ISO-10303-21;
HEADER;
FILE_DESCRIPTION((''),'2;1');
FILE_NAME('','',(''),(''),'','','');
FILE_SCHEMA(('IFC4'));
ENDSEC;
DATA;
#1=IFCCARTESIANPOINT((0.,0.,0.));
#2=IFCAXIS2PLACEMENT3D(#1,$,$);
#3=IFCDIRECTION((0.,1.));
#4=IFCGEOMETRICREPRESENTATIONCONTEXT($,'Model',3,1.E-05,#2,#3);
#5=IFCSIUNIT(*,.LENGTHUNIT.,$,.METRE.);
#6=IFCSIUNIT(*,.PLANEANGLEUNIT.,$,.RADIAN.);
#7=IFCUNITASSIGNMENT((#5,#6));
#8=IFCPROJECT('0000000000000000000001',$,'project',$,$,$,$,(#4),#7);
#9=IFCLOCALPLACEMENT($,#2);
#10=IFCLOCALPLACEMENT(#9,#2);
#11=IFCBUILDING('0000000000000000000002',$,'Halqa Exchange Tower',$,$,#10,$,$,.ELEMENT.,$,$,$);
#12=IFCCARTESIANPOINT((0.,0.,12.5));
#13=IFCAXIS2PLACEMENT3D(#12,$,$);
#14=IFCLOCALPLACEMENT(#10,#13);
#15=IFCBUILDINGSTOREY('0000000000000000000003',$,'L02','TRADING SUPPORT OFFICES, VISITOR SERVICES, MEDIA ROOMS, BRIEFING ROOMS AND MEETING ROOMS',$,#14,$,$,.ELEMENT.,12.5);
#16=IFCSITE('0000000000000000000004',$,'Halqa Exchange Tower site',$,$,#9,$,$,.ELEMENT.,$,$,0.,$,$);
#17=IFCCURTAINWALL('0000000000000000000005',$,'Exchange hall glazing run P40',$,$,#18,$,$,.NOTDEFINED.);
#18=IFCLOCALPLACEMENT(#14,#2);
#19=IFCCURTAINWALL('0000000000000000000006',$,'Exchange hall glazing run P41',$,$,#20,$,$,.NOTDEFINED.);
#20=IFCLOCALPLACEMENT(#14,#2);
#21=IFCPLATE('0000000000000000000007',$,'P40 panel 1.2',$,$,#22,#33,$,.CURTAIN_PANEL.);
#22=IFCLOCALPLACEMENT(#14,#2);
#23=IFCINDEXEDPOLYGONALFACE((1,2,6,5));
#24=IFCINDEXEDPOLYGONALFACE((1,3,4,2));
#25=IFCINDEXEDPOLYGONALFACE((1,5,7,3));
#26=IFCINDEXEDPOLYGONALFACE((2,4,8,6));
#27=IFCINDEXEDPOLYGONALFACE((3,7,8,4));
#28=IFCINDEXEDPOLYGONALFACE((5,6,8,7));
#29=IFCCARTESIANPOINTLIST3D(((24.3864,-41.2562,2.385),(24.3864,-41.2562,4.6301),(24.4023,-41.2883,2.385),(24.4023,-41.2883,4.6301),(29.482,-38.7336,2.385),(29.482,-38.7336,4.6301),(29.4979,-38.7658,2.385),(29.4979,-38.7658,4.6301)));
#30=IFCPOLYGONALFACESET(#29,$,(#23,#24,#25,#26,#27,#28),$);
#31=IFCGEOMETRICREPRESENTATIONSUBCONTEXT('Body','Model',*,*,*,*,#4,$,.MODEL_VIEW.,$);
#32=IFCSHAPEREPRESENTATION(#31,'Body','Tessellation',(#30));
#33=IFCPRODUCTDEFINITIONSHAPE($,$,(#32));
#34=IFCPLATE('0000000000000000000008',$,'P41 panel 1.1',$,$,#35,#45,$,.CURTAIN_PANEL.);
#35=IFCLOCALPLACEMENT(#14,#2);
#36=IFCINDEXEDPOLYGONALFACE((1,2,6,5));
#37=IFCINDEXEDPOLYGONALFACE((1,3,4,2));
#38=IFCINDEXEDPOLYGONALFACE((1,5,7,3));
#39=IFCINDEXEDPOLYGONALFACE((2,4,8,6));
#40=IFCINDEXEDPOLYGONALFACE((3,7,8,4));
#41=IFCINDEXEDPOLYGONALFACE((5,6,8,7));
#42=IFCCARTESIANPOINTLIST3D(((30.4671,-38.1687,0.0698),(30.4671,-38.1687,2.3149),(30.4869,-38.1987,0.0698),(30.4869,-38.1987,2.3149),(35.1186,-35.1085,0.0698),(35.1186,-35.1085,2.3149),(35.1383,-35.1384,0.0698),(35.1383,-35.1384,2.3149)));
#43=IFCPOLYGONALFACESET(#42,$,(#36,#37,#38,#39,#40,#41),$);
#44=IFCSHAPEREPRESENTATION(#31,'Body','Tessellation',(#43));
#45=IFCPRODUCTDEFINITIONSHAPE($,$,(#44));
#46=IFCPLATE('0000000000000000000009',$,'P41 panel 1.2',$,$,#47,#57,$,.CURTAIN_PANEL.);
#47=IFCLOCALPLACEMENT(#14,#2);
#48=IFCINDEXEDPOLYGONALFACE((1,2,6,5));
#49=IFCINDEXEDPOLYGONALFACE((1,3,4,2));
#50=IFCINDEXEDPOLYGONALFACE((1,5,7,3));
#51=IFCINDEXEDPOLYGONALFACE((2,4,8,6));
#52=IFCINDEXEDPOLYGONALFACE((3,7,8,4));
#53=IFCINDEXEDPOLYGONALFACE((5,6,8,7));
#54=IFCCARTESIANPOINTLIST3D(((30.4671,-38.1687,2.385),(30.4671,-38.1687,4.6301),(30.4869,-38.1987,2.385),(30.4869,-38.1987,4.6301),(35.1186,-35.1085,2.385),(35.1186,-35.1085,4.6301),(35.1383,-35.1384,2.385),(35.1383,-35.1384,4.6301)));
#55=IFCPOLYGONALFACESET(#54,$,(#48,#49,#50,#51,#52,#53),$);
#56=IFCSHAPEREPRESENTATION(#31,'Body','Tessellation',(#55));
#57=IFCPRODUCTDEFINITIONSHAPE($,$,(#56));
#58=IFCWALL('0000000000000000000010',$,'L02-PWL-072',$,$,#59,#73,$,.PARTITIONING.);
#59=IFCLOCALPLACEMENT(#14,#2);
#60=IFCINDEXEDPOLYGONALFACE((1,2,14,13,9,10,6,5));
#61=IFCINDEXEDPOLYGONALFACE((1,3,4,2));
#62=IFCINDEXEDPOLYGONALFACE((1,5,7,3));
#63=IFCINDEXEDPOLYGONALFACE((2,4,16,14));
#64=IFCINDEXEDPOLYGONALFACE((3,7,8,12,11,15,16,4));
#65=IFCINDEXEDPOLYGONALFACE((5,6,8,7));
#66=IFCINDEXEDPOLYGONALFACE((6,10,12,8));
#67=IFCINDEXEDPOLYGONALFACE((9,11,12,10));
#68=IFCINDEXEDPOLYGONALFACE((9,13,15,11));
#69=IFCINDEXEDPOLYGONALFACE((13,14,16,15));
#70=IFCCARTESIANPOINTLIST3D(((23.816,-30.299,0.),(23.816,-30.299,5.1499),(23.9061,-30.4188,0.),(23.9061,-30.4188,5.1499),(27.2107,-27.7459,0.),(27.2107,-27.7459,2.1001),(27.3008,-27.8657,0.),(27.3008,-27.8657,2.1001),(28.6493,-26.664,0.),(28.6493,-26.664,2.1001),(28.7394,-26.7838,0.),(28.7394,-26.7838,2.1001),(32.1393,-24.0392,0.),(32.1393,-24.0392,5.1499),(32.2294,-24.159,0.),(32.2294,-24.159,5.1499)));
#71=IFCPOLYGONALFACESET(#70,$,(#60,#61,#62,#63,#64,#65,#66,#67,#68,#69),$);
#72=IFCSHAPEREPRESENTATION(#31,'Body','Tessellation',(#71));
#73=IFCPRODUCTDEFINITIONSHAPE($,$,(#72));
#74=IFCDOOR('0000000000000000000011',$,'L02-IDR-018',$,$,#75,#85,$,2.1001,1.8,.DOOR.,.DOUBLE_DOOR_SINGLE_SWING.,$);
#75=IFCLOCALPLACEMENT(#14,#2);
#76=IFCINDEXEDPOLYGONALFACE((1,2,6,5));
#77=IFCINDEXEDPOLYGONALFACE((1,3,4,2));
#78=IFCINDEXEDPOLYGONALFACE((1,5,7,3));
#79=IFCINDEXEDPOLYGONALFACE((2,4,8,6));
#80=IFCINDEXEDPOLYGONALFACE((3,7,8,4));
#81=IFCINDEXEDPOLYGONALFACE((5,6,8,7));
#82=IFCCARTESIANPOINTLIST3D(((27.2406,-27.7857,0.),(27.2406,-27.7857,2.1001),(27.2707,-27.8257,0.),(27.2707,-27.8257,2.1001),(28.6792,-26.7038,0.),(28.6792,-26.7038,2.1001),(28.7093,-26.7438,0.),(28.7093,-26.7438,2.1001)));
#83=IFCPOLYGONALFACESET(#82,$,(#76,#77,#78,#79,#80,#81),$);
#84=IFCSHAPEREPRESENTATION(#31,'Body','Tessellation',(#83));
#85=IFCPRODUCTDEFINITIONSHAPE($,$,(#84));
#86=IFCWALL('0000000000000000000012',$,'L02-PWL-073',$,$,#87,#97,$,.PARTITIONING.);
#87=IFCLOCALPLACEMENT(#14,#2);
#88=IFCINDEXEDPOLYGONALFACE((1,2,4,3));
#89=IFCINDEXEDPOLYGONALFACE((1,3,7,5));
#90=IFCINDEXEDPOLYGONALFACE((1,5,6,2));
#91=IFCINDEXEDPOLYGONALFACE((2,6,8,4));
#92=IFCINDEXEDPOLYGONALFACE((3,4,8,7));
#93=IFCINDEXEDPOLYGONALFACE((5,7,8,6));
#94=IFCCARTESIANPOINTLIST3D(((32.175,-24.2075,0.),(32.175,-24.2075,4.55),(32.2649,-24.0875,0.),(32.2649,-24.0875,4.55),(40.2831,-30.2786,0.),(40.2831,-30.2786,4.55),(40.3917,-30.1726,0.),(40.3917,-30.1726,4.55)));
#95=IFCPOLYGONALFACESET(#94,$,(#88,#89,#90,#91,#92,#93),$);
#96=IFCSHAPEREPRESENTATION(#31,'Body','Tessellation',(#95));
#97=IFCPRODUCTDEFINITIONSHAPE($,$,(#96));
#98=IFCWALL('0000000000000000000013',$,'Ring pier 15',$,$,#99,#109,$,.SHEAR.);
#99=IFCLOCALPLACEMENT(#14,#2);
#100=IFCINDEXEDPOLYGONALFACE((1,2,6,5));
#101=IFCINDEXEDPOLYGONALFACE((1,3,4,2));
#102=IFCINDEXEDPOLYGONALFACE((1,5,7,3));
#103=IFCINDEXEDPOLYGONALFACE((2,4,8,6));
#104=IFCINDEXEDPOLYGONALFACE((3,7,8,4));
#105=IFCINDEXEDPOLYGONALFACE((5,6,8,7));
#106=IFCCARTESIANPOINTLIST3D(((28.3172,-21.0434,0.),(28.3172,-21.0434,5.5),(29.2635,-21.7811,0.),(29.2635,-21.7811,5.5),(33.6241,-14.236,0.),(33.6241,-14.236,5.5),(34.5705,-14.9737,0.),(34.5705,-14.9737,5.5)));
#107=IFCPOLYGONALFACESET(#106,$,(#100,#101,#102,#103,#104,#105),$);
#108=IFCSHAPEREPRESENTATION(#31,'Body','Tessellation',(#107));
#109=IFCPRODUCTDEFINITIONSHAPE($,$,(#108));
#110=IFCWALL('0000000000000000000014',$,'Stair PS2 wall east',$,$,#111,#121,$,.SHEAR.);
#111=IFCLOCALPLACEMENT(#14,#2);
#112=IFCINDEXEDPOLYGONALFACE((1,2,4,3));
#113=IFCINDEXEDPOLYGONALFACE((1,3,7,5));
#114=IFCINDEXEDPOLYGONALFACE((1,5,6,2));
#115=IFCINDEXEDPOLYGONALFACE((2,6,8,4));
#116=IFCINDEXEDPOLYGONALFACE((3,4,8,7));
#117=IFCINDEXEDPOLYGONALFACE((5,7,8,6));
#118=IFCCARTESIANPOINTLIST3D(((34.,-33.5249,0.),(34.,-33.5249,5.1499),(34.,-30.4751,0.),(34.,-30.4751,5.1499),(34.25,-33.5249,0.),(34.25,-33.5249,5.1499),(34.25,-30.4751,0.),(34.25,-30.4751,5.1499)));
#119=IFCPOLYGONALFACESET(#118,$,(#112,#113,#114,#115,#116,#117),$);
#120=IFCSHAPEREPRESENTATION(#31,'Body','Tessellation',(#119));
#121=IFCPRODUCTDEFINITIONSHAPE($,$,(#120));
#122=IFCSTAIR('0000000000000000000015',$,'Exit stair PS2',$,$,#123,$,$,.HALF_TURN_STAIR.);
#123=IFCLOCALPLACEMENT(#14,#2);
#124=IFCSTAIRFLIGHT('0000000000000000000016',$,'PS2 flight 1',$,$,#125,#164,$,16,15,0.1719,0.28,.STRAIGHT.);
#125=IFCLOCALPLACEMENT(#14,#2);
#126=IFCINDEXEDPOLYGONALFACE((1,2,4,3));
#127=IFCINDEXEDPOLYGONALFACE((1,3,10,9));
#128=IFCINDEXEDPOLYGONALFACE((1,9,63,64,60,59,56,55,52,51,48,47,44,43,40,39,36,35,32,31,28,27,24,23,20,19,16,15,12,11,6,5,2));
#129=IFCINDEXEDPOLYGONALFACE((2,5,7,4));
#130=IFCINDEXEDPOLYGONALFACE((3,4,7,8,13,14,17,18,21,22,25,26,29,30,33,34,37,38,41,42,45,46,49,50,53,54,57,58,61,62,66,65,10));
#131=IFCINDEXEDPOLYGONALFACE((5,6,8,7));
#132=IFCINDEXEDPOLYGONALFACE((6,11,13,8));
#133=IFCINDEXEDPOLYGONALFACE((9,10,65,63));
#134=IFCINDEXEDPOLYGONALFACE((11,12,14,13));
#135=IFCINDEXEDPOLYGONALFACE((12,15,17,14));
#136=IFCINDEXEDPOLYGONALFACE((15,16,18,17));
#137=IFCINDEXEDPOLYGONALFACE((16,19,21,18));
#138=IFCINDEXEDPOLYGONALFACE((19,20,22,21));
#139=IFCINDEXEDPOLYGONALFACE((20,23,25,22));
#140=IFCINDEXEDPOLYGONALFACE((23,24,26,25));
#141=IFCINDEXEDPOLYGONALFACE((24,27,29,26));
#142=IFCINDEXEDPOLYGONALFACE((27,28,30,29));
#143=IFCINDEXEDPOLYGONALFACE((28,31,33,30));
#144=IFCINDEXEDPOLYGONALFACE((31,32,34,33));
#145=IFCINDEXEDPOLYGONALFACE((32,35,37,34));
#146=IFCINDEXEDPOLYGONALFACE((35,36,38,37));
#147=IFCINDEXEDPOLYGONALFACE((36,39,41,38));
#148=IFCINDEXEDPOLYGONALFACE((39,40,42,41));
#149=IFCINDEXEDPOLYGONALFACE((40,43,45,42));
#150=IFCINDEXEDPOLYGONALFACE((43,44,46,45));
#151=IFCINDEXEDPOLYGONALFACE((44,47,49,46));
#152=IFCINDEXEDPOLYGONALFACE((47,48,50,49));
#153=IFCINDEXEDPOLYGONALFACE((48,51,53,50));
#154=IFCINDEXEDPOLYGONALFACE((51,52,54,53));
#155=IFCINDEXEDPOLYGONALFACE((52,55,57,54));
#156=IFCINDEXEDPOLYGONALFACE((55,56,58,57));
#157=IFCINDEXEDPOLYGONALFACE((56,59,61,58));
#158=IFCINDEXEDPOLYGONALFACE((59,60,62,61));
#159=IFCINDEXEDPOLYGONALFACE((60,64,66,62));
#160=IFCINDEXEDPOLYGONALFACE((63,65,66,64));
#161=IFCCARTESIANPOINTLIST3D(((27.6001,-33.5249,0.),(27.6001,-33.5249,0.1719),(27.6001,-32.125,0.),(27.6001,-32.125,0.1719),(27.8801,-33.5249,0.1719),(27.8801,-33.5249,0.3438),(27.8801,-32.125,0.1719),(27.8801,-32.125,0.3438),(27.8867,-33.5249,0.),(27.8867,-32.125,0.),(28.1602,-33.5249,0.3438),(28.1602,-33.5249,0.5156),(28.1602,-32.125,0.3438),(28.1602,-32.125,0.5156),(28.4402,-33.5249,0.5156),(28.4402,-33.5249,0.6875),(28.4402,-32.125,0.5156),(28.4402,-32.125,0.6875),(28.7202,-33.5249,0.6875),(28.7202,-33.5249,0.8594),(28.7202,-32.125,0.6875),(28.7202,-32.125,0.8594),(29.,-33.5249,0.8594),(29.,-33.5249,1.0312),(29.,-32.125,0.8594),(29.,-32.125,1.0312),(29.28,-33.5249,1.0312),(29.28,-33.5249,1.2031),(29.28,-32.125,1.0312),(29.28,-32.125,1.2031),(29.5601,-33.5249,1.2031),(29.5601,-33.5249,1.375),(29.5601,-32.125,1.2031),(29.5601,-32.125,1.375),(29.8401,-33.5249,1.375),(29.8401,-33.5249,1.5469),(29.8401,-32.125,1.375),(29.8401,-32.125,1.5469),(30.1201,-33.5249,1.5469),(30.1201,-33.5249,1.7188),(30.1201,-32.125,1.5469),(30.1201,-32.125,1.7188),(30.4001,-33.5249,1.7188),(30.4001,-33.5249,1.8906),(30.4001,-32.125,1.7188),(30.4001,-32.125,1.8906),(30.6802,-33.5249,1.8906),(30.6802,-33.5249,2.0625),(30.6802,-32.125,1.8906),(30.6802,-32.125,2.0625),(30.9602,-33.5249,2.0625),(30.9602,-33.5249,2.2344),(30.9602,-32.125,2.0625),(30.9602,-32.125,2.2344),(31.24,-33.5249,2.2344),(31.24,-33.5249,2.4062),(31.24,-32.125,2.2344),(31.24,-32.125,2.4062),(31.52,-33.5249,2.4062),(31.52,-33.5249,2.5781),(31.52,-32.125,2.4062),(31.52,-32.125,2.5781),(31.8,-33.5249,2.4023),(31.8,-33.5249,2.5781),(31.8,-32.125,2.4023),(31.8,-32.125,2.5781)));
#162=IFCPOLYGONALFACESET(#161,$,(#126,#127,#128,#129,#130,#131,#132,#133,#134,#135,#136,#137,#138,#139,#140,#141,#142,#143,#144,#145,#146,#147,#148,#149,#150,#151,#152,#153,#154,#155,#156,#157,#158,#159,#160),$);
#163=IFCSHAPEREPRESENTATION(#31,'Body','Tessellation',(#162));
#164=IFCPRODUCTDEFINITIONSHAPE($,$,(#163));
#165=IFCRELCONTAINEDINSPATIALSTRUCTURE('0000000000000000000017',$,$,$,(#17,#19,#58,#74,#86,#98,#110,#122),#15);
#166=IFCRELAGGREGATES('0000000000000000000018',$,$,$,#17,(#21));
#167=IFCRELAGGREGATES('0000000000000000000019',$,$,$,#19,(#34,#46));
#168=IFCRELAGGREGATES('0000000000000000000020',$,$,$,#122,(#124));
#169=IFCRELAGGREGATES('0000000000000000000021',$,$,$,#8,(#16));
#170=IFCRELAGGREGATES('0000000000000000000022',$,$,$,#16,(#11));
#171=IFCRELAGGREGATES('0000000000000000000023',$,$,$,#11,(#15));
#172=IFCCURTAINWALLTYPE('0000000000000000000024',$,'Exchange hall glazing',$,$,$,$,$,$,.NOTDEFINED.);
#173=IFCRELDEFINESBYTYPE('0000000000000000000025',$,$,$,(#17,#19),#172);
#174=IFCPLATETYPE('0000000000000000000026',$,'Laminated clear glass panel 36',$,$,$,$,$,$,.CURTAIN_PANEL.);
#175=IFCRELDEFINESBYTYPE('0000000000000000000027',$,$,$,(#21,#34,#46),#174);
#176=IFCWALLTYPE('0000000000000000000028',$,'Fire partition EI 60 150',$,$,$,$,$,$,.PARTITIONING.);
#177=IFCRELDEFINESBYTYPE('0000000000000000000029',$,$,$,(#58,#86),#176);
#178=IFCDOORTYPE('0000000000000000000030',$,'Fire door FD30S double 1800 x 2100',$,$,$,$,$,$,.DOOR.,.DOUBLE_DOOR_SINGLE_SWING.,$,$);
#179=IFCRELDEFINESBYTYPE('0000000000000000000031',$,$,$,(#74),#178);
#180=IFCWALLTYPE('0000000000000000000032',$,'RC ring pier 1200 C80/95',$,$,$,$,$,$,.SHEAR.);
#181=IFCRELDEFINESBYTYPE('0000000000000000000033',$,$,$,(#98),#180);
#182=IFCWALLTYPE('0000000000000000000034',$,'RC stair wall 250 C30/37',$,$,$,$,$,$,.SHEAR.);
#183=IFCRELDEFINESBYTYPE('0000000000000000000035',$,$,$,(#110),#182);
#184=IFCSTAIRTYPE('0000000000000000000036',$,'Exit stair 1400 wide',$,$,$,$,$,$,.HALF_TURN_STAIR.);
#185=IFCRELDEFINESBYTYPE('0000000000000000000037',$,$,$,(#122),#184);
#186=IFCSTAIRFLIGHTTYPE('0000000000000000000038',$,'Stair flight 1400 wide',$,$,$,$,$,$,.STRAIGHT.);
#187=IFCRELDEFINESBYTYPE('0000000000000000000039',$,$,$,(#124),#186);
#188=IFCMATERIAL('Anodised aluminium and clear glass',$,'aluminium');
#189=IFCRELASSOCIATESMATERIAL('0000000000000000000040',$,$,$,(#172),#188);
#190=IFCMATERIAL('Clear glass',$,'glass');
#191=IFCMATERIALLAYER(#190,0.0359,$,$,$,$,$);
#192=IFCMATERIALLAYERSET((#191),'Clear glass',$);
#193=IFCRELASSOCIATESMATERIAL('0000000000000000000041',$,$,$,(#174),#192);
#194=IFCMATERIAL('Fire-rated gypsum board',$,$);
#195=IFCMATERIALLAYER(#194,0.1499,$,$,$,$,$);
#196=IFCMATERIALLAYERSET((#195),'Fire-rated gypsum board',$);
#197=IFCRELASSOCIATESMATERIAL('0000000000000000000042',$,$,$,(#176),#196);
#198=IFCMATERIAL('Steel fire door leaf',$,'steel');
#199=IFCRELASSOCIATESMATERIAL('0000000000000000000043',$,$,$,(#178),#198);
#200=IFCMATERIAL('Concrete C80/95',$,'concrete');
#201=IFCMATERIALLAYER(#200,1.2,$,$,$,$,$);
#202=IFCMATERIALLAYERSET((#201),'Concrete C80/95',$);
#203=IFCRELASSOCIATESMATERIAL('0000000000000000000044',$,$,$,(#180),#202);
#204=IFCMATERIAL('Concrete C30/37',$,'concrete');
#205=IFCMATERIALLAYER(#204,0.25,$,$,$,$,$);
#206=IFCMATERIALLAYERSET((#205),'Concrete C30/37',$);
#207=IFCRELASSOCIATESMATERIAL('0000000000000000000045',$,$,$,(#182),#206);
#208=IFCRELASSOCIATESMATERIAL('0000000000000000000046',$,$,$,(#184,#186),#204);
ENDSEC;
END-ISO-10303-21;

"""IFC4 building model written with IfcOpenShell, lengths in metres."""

from ifc_helpers import new_model, si_unit, direction, frame, frame_2d, origin, origin_2d, place, context, subcontext, project, spatial, polyline, rectangle, outline, extrude, material, layer, layer_set, type_object, element, fill, aggregate, save


model = new_model("IFC4")

# Units and contexts
model_context = context("Model", 3, precision=1e-05, world=origin(), true_north=direction((0.0, 1.0)))
body_context = subcontext(model_context, "Body", "Model", "MODEL_VIEW")
ifc_project = project(units=[si_unit("LENGTHUNIT", "METRE"), si_unit("PLANEANGLEUNIT", "RADIAN")], contexts=[model_context])

# Site, building, storey
site_placement = place(None, origin())
site = spatial("IfcSite", under=ifc_project, at=site_placement, Name="Halqa Exchange Tower site", CompositionType="ELEMENT", RefElevation=0.0)
building_placement = place(site_placement, origin())
building = spatial("IfcBuilding", under=site, at=building_placement, Name="Halqa Exchange Tower", CompositionType="ELEMENT")
storey_placement = place(building_placement, frame((0.0, 0.0, 12.5)))
storey = spatial("IfcBuildingStorey", under=building, at=storey_placement, Name="L02", Description="TRADING SUPPORT OFFICES, VISITOR SERVICES, MEDIA ROOMS, BRIEFING ROOMS AND MEETING ROOMS", CompositionType="ELEMENT", Elevation=12.5)

# Curtain wall
ifc_material_1 = material(Name="Anodised aluminium and clear glass", Category="aluminium")
curtain_wall_type = type_object("IfcCurtainWallType", Name="Exchange hall glazing", PredefinedType="NOTDEFINED", material=ifc_material_1)
curtain_wall_1_placement = place(storey_placement, origin())
curtain_wall_1 = element("IfcCurtainWall", 1, at=curtain_wall_1_placement, inside=storey, type_object=curtain_wall_type, Name="Exchange hall glazing run P40", PredefinedType="NOTDEFINED")

# Curtain wall
curtain_wall_2_placement = place(storey_placement, origin())
curtain_wall_2 = element("IfcCurtainWall", 2, at=curtain_wall_2_placement, inside=storey, type_object=curtain_wall_type, Name="Exchange hall glazing run P41", PredefinedType="NOTDEFINED")

# Plates
ifc_material_2 = material(Name="Clear glass", Category="glass")
ifc_layer_1 = layer(ifc_material_2, 0.0359)
ifc_layer_set_1 = layer_set([ifc_layer_1], Name="Clear glass")
plate_type = type_object("IfcPlateType", Name="Laminated clear glass panel 36", PredefinedType="CURTAIN_PANEL", material=ifc_layer_set_1)
plate_1_placement = place(storey_placement, frame((26.9421, -40.011, 2.385), z_axis=(0.0, 0.0, 1.0), x_axis=(0.896198, 0.443653, 0.0)))
plate_1 = element("IfcPlate", 3, at=plate_1_placement, type_object=plate_type, Name="P40 panel 1.2", PredefinedType="CURTAIN_PANEL", context=body_context, shape_type="SweptSolid", body=[
    extrude(rectangle(XDim=5.6858, YDim=0.0359, at=origin_2d()), origin(), (0.0, 0.0, 1.0), 2.2451),
])
aggregate(curtain_wall_1, [plate_1])
plate_2_placement = place(storey_placement, frame((32.8027, -36.6536, 0.0698), z_axis=(0.0, 0.0, 1.0), x_axis=(0.835415, 0.54962, 0.0)))
plate_2 = element("IfcPlate", 4, at=plate_2_placement, type_object=plate_type, Name="P41 panel 1.1", PredefinedType="CURTAIN_PANEL", context=body_context, shape_type="SweptSolid", body=[
    extrude(rectangle(XDim=5.5679, YDim=0.0359, at=origin_2d()), origin(), (0.0, 0.0, 1.0), 2.2451),
])
plate_3_placement = place(storey_placement, frame((32.8027, -36.6536, 2.385), z_axis=(0.0, 0.0, 1.0), x_axis=(0.835415, 0.54962, 0.0)))
plate_3 = element("IfcPlate", 5, at=plate_3_placement, type_object=plate_type, Name="P41 panel 1.2", PredefinedType="CURTAIN_PANEL", context=body_context, shape_type="SweptSolid", body=[
    extrude(rectangle(XDim=5.5679, YDim=0.0359, at=origin_2d()), origin(), (0.0, 0.0, 1.0), 2.2451),
])
aggregate(curtain_wall_2, [plate_2, plate_3])

# Wall, opening, door
ifc_material_3 = material(Name="Fire-rated gypsum board")
ifc_layer_2 = layer(ifc_material_3, 0.1499)
ifc_layer_set_2 = layer_set([ifc_layer_2], Name="Fire-rated gypsum board")
wall_type_1 = type_object("IfcWallType", Name="Fire partition EI 60 150", PredefinedType="PARTITIONING", material=ifc_layer_set_2)
wall_1_placement = place(storey_placement, frame((32.1843, -24.0991, 0.0), z_axis=(0.0, 0.0, 1.0), x_axis=(-0.7992, -0.601065, 0.0)))
wall_1 = element("IfcWall", 6, at=wall_1_placement, inside=storey, type_object=wall_type_1, Name="L02-PWL-072", PredefinedType="PARTITIONING", context=body_context, shape_type="SweptSolid", body=[
    extrude(rectangle(XDim=10.4146, YDim=0.1499, at=frame_2d((5.2073, 0.0))), origin(), (0.0, 0.0, 1.0), 5.1499),
])
opening_placement = place(wall_1_placement, frame((4.3669, 0.0, 0.0)))
opening = element("IfcOpeningElement", 7, at=opening_placement, cuts=wall_1, PredefinedType="OPENING", context=body_context, shape_type="SweptSolid", body=[
    extrude(rectangle(XDim=1.8, YDim=2.1001, at=frame_2d((0.8999, 1.05))), frame((0.0, 0.0869, 0.0), z_axis=(0.0, -1.0, 0.0), x_axis=(1.0, 0.0, 0.0)), (0.0, 0.0, 1.0), 0.1738),
])
ifc_material_4 = material(Name="Steel fire door leaf", Category="steel")
door_type = type_object("IfcDoorType", Name="Fire door FD30S double 1800 x 2100", OperationType="DOUBLE_DOOR_SINGLE_SWING", PredefinedType="DOOR", material=ifc_material_4)
door_placement = place(opening_placement, origin())
door = element("IfcDoor", 8, at=door_placement, inside=storey, type_object=door_type, Name="L02-IDR-018", OperationType="DOUBLE_DOOR_SINGLE_SWING", OverallHeight=2.1001, OverallWidth=1.8, PredefinedType="DOOR", context=body_context, shape_type="SweptSolid", body=[
    extrude(rectangle(XDim=1.8, YDim=2.1001, at=frame_2d((0.8999, 1.05))), frame((0.0, 0.0249, 0.0), z_axis=(0.0, -1.0, 0.0), x_axis=(1.0, 0.0, 0.0)), (0.0, 0.0, 1.0), 0.05),
])
fill(opening, door)

# Walls
wall_2_placement = place(storey_placement, frame((32.22, -24.1475, 0.0), z_axis=(0.0, 0.0, 1.0), x_axis=(0.800471, -0.599372, 0.0)))
element("IfcWall", 9, at=wall_2_placement, inside=storey, type_object=wall_type_1, Name="L02-PWL-073", PredefinedType="PARTITIONING", context=body_context, shape_type="SweptSolid", body=[
    extrude(outline(polyline([(0.0, -0.075), (10.1292, -0.075), (10.1526, 0.075), (0.0, 0.075), (0.0, -0.075)])), origin(), (0.0, 0.0, 1.0), 4.55),
])
ifc_material_5 = material(Name="Concrete C80/95", Category="concrete")
ifc_layer_3 = layer(ifc_material_5, 1.2)
ifc_layer_set_3 = layer_set([ifc_layer_3], Name="Concrete C80/95")
wall_type_2 = type_object("IfcWallType", Name="RC ring pier 1200 C80/95", PredefinedType="SHEAR", material=ifc_layer_set_3)
wall_3_placement = place(storey_placement, frame((28.7903, -21.4124, 0.0), z_axis=(0.0, 0.0, 1.0), x_axis=(0.614825, 0.788663, 0.0)))
element("IfcWall", 10, at=wall_3_placement, inside=storey, type_object=wall_type_2, Name="Ring pier 15", PredefinedType="SHEAR", context=body_context, shape_type="SweptSolid", body=[
    extrude(rectangle(XDim=8.6316, YDim=1.2, at=frame_2d((4.3159, 0.0))), origin(), (0.0, 0.0, 1.0), 5.5),
])
ifc_material_6 = material(Name="Concrete C30/37", Category="concrete")
ifc_layer_4 = layer(ifc_material_6, 0.25)
ifc_layer_set_4 = layer_set([ifc_layer_4], Name="Concrete C30/37")
wall_type_3 = type_object("IfcWallType", Name="RC stair wall 250 C30/37", PredefinedType="SHEAR", material=ifc_layer_set_4)
wall_4_placement = place(storey_placement, frame((34.125, -33.5249, 0.0), z_axis=(0.0, 0.0, 1.0), x_axis=(0.0, 1.0, 0.0)))
element("IfcWall", 11, at=wall_4_placement, inside=storey, type_object=wall_type_3, Name="Stair PS2 wall east", PredefinedType="SHEAR", context=body_context, shape_type="SweptSolid", body=[
    extrude(rectangle(XDim=3.0498, YDim=0.25, at=frame_2d((1.5249, 0.0))), origin(), (0.0, 0.0, 1.0), 5.1499),
])

# Stair, stair flight
stair_type = type_object("IfcStairType", Name="Exit stair 1400 wide", PredefinedType="HALF_TURN_STAIR", material=ifc_material_6)
stair_placement = place(storey_placement, origin())
stair = element("IfcStair", 12, at=stair_placement, inside=storey, type_object=stair_type, Name="Exit stair PS2", PredefinedType="HALF_TURN_STAIR")
stair_flight_type = type_object("IfcStairFlightType", Name="Stair flight 1400 wide", PredefinedType="STRAIGHT", material=ifc_material_6)
stair_flight_1_placement = place(storey_placement, frame((27.6001, -32.825, 0.0), z_axis=(0.0, 0.0, 1.0), x_axis=(1.0, 0.0, 0.0)))
stair_flight_1 = element("IfcStairFlight", 13, at=stair_flight_1_placement, type_object=stair_flight_type, Name="PS2 flight 1", NumberOfRisers=16, NumberOfTreads=15, PredefinedType="STRAIGHT", RiserHeight=0.1719, TreadLength=0.28, context=body_context, shape_type="SweptSolid", body=[
    extrude(outline(polyline([(0.0, 0.0), (0.0, 0.1719), (0.28, 0.1719), (0.28, 0.3438), (0.5601, 0.3438), (0.5601, 0.5156), (0.8401, 0.5156), (0.8401, 0.6875), (1.1201, 0.6875), (1.1201, 0.8594), (1.3999, 0.8594), (1.3999, 1.0312), (1.6799, 1.0312), (1.6799, 1.2031), (1.96, 1.2031), (1.96, 1.375), (2.24, 1.375), (2.24, 1.5469), (2.52, 1.5469), (2.52, 1.7188), (2.8, 1.7188), (2.8, 1.8906), (3.0801, 1.8906), (3.0801, 2.0625), (3.3601, 2.0625), (3.3601, 2.2344), (3.6399, 2.2344), (3.6399, 2.4062), (3.9199, 2.4062), (3.9199, 2.5781), (4.2, 2.5781), (4.2, 2.75), (4.2, 2.4023), (0.2866, 0.0), (0.0, 0.0)])), frame((0.0, 0.7, 0.0), z_axis=(0.0, -1.0, 0.0), x_axis=(1.0, 0.0, 0.0)), (0.0, 0.0, 1.0), 1.3999),
])
aggregate(stair, [stair_flight_1])

save(model, "model.ifc")
